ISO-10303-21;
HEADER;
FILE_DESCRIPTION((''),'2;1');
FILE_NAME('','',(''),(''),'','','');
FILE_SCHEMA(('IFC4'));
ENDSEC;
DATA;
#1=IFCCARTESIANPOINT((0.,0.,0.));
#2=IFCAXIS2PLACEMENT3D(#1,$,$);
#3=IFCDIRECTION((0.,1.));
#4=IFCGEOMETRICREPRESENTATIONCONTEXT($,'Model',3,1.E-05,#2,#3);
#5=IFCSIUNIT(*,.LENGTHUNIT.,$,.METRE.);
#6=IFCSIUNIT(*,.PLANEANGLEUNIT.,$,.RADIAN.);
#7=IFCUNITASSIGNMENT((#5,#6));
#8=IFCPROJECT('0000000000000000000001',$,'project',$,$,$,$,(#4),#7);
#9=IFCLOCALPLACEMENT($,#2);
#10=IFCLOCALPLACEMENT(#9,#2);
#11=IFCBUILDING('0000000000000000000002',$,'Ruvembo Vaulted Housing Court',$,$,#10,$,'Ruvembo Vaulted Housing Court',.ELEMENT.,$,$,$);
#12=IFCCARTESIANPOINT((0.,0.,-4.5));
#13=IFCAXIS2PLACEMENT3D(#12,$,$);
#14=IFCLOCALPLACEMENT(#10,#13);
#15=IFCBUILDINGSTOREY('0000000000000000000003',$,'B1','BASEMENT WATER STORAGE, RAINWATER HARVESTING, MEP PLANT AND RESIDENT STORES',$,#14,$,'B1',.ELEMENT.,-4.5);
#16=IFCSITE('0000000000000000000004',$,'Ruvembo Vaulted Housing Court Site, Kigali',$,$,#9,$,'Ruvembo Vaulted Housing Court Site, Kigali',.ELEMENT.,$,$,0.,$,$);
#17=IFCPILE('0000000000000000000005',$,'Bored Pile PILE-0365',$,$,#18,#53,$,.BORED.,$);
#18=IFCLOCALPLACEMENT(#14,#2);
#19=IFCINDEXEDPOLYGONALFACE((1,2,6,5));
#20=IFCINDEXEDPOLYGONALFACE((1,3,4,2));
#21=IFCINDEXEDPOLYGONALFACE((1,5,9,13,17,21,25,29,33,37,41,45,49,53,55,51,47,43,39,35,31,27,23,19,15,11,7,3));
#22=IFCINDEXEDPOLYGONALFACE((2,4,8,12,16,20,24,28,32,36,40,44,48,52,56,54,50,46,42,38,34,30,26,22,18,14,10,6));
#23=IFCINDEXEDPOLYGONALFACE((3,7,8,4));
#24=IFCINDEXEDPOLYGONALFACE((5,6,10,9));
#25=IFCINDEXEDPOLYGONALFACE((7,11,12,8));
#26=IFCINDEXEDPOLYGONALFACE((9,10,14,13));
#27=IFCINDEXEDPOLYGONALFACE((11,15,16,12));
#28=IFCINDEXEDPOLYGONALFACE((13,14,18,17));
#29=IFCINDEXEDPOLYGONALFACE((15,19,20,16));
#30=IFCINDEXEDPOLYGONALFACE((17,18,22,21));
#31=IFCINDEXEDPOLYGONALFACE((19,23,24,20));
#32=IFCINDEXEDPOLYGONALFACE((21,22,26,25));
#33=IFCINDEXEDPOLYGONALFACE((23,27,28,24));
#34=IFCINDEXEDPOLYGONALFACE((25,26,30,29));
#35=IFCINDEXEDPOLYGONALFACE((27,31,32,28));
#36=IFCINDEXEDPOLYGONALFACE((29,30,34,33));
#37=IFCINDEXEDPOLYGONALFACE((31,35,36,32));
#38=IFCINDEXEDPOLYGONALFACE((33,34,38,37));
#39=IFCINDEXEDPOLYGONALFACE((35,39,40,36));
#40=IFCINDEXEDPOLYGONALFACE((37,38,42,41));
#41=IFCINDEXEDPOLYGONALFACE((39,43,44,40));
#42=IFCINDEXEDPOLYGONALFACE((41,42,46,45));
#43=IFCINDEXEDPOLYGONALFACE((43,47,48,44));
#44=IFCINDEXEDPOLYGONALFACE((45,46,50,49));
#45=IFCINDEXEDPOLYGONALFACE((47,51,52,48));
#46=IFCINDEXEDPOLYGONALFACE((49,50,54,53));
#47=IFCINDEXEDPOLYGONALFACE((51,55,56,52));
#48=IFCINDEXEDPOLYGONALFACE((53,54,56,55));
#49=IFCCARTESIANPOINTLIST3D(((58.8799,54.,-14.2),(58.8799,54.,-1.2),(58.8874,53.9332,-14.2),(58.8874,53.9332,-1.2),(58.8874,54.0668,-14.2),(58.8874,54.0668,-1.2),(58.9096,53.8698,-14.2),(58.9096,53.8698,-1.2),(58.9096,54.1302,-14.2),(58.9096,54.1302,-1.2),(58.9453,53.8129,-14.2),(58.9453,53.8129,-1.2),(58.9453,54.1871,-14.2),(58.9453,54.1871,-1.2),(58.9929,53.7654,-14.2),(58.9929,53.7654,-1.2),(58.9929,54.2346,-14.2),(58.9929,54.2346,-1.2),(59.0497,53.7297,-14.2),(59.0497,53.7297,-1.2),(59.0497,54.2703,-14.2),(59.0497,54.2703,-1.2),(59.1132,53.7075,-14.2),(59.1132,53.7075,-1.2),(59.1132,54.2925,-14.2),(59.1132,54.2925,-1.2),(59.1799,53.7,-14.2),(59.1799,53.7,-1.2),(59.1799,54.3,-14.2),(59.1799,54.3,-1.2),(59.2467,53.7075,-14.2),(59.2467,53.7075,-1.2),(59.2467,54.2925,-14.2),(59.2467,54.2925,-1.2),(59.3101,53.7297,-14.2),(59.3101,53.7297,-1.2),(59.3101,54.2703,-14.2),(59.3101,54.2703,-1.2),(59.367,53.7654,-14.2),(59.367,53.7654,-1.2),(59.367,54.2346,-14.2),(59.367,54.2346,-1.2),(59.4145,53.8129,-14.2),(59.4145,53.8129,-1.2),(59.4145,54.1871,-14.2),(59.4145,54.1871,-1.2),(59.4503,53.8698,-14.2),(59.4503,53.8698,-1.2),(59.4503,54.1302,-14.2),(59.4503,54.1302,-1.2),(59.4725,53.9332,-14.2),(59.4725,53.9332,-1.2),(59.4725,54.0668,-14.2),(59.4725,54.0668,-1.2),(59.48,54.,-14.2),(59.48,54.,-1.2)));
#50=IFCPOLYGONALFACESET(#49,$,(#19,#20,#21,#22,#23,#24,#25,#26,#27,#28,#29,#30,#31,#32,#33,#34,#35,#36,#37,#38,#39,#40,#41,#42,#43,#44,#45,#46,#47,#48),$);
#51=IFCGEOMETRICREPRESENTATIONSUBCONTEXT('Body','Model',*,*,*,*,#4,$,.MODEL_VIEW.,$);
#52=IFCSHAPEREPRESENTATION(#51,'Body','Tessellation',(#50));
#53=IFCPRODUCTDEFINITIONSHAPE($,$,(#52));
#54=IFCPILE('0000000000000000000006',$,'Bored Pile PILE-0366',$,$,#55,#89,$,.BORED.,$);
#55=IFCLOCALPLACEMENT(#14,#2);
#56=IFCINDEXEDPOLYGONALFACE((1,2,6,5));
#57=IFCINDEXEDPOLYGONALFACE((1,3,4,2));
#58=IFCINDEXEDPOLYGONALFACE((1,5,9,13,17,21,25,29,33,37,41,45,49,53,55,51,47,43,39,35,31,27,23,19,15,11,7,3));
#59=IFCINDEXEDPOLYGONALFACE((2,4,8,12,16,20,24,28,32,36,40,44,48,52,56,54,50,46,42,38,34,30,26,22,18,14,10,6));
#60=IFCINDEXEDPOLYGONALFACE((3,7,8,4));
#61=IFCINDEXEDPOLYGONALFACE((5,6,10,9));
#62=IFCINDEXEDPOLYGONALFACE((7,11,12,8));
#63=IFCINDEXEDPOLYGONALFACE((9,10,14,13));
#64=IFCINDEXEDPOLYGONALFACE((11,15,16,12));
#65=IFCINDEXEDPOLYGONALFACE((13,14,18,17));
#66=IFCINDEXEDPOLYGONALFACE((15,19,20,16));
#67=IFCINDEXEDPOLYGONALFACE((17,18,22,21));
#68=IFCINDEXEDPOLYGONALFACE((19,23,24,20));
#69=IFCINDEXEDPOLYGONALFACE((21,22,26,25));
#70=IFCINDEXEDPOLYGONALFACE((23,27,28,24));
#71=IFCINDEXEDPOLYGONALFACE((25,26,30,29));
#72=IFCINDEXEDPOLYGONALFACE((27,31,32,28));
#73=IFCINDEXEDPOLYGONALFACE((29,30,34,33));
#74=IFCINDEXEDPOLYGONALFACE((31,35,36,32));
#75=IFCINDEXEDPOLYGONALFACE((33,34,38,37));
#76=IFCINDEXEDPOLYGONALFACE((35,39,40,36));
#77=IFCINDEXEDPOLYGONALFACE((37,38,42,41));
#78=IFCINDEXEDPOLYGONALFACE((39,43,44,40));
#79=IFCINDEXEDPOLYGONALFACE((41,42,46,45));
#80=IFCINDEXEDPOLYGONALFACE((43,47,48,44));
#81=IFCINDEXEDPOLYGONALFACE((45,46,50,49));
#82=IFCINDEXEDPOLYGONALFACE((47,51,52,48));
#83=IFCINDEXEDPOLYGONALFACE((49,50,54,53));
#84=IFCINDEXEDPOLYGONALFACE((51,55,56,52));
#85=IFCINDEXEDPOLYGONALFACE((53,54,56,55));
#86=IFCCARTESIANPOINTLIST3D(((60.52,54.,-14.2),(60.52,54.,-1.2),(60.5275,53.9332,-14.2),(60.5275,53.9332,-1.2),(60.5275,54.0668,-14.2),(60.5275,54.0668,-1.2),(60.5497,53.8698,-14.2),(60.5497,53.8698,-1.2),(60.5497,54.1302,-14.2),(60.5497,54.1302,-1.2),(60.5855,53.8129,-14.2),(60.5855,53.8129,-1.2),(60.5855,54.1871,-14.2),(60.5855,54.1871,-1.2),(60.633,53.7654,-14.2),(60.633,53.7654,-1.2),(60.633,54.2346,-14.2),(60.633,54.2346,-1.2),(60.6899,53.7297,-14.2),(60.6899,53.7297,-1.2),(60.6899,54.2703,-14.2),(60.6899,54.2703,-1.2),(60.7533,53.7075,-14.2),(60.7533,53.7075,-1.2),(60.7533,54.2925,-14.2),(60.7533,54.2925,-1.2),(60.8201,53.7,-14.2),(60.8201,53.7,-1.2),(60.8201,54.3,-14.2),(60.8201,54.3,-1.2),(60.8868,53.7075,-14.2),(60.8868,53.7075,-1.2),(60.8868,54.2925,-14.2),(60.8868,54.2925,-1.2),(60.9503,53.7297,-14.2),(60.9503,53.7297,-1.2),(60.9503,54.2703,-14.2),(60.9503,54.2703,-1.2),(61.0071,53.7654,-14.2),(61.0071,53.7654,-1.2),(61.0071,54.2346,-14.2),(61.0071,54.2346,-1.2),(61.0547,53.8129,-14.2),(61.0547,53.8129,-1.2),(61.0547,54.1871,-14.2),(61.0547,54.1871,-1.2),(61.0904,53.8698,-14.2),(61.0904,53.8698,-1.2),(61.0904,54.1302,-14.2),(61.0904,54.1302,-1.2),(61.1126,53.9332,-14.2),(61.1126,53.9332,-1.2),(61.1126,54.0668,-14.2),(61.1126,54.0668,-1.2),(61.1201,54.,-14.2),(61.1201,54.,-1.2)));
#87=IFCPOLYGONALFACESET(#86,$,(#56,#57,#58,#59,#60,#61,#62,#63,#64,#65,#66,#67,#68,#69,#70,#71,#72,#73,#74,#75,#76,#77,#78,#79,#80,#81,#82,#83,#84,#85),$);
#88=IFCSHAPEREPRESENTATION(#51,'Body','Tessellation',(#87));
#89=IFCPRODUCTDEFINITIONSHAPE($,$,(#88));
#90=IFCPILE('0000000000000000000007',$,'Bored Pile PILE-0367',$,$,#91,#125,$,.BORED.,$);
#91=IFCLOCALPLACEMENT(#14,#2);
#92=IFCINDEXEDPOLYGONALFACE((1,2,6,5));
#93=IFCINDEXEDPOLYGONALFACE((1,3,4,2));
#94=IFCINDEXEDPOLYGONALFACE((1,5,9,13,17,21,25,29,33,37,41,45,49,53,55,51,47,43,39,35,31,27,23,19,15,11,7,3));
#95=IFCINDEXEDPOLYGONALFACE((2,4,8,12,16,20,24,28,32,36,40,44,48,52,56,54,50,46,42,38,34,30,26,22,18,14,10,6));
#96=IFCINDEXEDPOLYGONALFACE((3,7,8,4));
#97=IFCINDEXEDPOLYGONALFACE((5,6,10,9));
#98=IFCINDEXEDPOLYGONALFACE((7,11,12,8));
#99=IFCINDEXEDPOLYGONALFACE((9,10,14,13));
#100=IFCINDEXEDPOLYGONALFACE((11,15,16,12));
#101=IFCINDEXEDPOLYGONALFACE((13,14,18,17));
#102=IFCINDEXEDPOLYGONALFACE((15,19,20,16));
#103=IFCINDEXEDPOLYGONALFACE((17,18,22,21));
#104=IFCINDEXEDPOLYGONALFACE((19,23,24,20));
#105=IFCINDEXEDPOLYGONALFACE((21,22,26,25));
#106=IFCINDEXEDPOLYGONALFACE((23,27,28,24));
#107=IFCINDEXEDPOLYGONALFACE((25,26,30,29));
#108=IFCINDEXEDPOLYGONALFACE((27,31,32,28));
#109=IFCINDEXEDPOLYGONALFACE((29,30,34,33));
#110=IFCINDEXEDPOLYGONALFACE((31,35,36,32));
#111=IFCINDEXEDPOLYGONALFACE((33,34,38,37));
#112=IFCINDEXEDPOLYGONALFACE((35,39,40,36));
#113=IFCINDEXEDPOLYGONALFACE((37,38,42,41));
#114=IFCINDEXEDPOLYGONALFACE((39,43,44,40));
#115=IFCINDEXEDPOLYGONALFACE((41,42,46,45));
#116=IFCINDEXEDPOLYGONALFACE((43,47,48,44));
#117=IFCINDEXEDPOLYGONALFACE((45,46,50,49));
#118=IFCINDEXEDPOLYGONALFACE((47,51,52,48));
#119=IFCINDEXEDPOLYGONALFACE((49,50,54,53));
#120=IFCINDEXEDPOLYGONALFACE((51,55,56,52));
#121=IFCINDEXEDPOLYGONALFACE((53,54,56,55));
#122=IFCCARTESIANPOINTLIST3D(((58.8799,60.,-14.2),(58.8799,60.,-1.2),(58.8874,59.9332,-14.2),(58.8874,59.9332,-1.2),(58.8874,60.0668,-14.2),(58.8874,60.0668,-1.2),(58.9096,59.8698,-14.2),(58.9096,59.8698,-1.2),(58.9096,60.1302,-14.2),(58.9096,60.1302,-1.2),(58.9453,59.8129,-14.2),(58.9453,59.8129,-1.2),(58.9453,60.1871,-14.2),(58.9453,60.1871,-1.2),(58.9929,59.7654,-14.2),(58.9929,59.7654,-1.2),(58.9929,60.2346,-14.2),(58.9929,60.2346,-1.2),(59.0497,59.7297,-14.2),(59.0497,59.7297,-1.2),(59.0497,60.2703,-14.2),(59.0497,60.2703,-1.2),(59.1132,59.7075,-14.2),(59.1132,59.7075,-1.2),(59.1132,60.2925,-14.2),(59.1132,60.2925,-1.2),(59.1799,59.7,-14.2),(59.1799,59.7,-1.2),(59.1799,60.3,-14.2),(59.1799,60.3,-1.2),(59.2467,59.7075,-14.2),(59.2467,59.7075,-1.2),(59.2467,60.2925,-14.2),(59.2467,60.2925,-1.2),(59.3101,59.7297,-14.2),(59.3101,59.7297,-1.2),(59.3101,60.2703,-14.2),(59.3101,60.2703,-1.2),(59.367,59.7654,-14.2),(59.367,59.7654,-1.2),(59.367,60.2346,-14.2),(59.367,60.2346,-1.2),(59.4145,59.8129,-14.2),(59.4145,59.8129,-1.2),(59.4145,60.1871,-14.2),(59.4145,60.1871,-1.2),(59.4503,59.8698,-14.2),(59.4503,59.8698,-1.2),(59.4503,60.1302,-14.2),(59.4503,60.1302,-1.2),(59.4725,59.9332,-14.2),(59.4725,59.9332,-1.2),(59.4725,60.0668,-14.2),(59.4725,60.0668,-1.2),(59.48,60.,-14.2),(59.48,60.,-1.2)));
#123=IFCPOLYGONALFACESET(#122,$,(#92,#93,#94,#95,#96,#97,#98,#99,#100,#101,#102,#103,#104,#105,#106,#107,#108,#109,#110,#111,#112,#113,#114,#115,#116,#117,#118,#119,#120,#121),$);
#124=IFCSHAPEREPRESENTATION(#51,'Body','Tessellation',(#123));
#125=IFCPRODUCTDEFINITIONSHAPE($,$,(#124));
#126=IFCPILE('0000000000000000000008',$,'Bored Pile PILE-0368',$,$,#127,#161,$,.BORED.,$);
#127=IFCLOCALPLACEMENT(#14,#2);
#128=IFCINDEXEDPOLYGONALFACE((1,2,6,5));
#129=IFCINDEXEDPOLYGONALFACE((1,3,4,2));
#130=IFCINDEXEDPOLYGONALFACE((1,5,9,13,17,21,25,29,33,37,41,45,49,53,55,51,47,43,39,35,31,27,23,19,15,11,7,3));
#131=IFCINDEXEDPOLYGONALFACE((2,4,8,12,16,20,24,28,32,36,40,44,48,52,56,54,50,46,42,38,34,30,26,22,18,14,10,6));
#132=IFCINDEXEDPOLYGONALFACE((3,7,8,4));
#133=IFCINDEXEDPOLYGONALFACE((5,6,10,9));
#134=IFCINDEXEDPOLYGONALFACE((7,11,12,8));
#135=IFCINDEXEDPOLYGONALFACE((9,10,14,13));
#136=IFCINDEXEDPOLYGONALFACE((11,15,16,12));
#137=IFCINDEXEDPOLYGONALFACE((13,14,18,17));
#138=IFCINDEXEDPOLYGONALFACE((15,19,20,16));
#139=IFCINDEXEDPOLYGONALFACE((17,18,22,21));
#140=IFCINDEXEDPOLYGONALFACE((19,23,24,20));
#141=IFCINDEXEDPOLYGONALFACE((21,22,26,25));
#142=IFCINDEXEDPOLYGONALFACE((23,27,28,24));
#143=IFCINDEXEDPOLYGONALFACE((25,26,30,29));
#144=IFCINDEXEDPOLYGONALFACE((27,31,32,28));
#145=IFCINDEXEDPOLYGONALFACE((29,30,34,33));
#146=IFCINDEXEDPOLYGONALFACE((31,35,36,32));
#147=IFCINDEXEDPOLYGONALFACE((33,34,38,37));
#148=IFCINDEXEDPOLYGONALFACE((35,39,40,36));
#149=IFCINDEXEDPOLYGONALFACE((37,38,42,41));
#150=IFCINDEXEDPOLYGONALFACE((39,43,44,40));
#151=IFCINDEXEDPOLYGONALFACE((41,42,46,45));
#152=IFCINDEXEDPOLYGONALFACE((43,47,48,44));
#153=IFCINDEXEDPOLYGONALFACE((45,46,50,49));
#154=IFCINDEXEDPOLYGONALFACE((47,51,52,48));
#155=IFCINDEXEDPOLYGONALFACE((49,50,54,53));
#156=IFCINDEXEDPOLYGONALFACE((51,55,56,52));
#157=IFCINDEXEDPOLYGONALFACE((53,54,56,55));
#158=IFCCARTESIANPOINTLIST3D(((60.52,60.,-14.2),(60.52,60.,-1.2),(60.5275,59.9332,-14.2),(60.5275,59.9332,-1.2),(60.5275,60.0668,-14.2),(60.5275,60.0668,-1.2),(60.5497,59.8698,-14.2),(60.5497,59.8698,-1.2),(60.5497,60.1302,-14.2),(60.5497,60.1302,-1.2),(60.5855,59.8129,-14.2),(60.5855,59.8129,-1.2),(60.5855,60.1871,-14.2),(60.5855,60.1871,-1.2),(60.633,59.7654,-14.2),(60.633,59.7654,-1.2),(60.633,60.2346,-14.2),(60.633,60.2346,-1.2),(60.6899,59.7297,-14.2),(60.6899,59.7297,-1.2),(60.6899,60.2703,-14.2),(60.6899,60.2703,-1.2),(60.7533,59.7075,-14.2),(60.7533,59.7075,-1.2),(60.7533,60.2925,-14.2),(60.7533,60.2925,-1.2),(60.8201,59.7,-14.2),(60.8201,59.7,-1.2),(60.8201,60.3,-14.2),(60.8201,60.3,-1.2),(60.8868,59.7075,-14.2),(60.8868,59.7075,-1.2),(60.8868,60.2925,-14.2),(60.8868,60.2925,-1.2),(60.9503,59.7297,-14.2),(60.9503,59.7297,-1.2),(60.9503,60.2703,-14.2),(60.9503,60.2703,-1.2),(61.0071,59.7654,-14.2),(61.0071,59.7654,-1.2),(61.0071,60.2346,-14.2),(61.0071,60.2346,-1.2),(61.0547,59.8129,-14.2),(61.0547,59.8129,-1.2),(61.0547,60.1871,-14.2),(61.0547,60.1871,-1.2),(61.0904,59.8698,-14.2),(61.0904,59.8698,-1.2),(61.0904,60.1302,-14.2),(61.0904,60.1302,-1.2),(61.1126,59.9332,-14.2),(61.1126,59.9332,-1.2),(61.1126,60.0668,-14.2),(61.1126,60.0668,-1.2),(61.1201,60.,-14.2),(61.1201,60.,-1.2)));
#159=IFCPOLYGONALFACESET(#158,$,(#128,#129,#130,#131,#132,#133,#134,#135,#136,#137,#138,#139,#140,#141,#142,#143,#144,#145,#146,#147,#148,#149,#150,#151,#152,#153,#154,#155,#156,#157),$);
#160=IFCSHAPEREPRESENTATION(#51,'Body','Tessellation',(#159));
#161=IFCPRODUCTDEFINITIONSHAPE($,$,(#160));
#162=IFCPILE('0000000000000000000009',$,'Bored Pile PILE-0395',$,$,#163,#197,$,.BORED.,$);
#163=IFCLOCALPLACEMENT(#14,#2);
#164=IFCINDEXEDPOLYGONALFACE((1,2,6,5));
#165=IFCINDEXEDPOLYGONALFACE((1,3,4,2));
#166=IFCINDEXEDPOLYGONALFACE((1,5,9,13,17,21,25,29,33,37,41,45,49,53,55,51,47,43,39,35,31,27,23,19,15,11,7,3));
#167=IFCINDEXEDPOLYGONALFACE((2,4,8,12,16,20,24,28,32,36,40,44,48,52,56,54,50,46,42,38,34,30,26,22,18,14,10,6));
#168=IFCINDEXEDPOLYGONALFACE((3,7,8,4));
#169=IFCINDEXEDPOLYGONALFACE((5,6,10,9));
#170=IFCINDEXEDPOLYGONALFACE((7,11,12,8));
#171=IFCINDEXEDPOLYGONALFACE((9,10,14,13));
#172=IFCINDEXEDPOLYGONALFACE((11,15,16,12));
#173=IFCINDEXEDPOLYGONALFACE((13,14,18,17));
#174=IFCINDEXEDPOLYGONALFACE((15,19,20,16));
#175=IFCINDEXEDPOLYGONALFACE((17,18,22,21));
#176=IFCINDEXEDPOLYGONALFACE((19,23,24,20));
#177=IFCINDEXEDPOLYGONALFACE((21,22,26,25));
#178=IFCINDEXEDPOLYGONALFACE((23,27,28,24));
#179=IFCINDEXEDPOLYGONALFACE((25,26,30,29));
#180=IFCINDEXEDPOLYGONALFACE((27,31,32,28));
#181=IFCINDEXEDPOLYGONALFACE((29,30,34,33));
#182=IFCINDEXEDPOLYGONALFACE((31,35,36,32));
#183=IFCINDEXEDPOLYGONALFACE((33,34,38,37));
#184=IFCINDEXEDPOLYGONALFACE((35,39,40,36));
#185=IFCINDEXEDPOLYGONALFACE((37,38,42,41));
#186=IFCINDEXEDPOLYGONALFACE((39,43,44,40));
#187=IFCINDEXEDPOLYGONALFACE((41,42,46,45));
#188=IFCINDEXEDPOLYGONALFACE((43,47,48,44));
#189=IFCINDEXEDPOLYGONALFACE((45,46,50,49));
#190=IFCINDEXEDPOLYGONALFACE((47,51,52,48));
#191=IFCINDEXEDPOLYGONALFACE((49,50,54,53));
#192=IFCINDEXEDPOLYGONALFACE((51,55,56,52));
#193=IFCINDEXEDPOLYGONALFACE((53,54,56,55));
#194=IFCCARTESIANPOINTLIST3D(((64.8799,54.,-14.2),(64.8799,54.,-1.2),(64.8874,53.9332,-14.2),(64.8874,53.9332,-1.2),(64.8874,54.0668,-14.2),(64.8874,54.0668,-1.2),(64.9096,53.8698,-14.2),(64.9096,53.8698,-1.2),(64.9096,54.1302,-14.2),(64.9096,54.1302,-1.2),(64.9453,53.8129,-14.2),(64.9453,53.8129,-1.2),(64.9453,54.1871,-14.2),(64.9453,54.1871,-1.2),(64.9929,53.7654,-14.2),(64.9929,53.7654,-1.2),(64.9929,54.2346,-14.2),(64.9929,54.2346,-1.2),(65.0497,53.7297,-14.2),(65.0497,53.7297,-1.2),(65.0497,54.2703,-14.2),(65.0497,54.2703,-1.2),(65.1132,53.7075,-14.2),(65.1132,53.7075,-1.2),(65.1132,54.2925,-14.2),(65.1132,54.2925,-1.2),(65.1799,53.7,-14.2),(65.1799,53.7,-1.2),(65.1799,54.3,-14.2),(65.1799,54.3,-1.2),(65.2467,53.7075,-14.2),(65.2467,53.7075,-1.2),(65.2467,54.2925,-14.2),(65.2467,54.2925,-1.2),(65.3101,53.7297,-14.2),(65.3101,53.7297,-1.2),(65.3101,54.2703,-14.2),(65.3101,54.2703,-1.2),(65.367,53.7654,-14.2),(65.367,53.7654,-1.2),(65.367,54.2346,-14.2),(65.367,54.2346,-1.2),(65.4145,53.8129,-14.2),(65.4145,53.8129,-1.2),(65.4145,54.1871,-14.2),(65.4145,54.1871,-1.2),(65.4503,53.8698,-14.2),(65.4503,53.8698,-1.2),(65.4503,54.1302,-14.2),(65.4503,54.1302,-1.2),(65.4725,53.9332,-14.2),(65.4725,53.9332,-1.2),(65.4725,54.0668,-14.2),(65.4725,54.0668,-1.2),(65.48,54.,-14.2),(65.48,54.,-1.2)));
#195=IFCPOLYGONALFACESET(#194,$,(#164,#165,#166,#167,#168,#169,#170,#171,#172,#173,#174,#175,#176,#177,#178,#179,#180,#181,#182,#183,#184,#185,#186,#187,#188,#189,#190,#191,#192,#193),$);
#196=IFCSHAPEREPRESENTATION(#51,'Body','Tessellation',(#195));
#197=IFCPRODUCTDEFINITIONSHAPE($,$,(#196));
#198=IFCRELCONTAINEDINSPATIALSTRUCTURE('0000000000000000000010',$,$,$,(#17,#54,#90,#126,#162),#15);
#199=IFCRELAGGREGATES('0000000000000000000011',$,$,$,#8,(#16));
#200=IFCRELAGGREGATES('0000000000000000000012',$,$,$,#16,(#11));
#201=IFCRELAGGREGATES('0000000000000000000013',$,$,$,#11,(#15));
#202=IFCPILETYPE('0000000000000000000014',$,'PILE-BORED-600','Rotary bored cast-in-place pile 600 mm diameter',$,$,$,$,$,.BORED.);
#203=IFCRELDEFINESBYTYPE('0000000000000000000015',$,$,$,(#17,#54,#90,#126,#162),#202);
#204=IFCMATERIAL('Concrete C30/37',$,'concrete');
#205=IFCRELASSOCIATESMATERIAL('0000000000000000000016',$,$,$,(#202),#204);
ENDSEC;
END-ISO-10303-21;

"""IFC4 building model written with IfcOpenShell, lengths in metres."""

from ifc_helpers import new_model, si_unit, direction, frame, origin, origin_2d, place, context, subcontext, project, spatial, circle, extrude, material, material_profile, profile_set, type_object, element, save


model = new_model("IFC4")

# Units and contexts
model_context = context("Model", 3, precision=1e-05, world=origin(), true_north=direction((0.0, 1.0)))
body_context = subcontext(model_context, "Body", "Model", "MODEL_VIEW")
ifc_project = project(units=[si_unit("LENGTHUNIT", "METRE"), si_unit("PLANEANGLEUNIT", "RADIAN")], contexts=[model_context])

# Site, building, storey
site_placement = place(None, origin())
site = spatial("IfcSite", under=ifc_project, at=site_placement, Name="Ruvembo Vaulted Housing Court Site, Kigali", LongName="Ruvembo Vaulted Housing Court Site, Kigali", CompositionType="ELEMENT", RefElevation=0.0)
building_placement = place(site_placement, origin())
building = spatial("IfcBuilding", under=site, at=building_placement, Name="Ruvembo Vaulted Housing Court", LongName="Ruvembo Vaulted Housing Court", CompositionType="ELEMENT")
storey_placement = place(building_placement, frame((0.0, 0.0, -4.5)))
storey = spatial("IfcBuildingStorey", under=building, at=storey_placement, Name="B1", Description="BASEMENT WATER STORAGE, RAINWATER HARVESTING, MEP PLANT AND RESIDENT STORES", LongName="B1", CompositionType="ELEMENT", Elevation=-4.5)

# Piles
ifc_material_1 = material(Name="Concrete C30/37", Category="concrete")
ifc_material_profile_1 = material_profile(ifc_material_1, circle(Radius=0.3, at=origin_2d()), Name="PILE D600")
ifc_profile_set_1 = profile_set([ifc_material_profile_1], Name="Concrete C30/37")
pile_type = type_object("IfcPileType", Name="PILE-BORED-600", Description="Rotary bored cast-in-place pile 600 mm diameter", PredefinedType="BORED", material=ifc_profile_set_1)
for number, where, z_axis, x_axis, name in (
    (1, (59.1799, 54.0, -1.2), (0.0, 0.0, -1.0), (1.0, 0.0, 0.0), "Bored Pile PILE-0365"),
    (2, (60.8201, 54.0, -1.2), (0.0, 0.0, -1.0), (1.0, 0.0, 0.0), "Bored Pile PILE-0366"),
    (3, (59.1799, 60.0, -1.2), (0.0, 0.0, -1.0), (1.0, 0.0, 0.0), "Bored Pile PILE-0367"),
    (4, (60.8201, 60.0, -1.2), (0.0, 0.0, -1.0), (1.0, 0.0, 0.0), "Bored Pile PILE-0368"),
    (5, (65.1799, 54.0, -1.2), (0.0, 0.0, -1.0), (1.0, 0.0, 0.0), "Bored Pile PILE-0395"),
):
    element("IfcPile", number, at=place(storey_placement, frame(where, z_axis=z_axis, x_axis=x_axis)), inside=storey, type_object=pile_type, Name=name, PredefinedType="BORED", context=body_context, shape_type="SweptSolid", body=[
        extrude(circle(Radius=0.3, at=origin_2d()), origin(), (0.0, 0.0, 1.0), 13.0),
    ])

save(model, "model.ifc")
